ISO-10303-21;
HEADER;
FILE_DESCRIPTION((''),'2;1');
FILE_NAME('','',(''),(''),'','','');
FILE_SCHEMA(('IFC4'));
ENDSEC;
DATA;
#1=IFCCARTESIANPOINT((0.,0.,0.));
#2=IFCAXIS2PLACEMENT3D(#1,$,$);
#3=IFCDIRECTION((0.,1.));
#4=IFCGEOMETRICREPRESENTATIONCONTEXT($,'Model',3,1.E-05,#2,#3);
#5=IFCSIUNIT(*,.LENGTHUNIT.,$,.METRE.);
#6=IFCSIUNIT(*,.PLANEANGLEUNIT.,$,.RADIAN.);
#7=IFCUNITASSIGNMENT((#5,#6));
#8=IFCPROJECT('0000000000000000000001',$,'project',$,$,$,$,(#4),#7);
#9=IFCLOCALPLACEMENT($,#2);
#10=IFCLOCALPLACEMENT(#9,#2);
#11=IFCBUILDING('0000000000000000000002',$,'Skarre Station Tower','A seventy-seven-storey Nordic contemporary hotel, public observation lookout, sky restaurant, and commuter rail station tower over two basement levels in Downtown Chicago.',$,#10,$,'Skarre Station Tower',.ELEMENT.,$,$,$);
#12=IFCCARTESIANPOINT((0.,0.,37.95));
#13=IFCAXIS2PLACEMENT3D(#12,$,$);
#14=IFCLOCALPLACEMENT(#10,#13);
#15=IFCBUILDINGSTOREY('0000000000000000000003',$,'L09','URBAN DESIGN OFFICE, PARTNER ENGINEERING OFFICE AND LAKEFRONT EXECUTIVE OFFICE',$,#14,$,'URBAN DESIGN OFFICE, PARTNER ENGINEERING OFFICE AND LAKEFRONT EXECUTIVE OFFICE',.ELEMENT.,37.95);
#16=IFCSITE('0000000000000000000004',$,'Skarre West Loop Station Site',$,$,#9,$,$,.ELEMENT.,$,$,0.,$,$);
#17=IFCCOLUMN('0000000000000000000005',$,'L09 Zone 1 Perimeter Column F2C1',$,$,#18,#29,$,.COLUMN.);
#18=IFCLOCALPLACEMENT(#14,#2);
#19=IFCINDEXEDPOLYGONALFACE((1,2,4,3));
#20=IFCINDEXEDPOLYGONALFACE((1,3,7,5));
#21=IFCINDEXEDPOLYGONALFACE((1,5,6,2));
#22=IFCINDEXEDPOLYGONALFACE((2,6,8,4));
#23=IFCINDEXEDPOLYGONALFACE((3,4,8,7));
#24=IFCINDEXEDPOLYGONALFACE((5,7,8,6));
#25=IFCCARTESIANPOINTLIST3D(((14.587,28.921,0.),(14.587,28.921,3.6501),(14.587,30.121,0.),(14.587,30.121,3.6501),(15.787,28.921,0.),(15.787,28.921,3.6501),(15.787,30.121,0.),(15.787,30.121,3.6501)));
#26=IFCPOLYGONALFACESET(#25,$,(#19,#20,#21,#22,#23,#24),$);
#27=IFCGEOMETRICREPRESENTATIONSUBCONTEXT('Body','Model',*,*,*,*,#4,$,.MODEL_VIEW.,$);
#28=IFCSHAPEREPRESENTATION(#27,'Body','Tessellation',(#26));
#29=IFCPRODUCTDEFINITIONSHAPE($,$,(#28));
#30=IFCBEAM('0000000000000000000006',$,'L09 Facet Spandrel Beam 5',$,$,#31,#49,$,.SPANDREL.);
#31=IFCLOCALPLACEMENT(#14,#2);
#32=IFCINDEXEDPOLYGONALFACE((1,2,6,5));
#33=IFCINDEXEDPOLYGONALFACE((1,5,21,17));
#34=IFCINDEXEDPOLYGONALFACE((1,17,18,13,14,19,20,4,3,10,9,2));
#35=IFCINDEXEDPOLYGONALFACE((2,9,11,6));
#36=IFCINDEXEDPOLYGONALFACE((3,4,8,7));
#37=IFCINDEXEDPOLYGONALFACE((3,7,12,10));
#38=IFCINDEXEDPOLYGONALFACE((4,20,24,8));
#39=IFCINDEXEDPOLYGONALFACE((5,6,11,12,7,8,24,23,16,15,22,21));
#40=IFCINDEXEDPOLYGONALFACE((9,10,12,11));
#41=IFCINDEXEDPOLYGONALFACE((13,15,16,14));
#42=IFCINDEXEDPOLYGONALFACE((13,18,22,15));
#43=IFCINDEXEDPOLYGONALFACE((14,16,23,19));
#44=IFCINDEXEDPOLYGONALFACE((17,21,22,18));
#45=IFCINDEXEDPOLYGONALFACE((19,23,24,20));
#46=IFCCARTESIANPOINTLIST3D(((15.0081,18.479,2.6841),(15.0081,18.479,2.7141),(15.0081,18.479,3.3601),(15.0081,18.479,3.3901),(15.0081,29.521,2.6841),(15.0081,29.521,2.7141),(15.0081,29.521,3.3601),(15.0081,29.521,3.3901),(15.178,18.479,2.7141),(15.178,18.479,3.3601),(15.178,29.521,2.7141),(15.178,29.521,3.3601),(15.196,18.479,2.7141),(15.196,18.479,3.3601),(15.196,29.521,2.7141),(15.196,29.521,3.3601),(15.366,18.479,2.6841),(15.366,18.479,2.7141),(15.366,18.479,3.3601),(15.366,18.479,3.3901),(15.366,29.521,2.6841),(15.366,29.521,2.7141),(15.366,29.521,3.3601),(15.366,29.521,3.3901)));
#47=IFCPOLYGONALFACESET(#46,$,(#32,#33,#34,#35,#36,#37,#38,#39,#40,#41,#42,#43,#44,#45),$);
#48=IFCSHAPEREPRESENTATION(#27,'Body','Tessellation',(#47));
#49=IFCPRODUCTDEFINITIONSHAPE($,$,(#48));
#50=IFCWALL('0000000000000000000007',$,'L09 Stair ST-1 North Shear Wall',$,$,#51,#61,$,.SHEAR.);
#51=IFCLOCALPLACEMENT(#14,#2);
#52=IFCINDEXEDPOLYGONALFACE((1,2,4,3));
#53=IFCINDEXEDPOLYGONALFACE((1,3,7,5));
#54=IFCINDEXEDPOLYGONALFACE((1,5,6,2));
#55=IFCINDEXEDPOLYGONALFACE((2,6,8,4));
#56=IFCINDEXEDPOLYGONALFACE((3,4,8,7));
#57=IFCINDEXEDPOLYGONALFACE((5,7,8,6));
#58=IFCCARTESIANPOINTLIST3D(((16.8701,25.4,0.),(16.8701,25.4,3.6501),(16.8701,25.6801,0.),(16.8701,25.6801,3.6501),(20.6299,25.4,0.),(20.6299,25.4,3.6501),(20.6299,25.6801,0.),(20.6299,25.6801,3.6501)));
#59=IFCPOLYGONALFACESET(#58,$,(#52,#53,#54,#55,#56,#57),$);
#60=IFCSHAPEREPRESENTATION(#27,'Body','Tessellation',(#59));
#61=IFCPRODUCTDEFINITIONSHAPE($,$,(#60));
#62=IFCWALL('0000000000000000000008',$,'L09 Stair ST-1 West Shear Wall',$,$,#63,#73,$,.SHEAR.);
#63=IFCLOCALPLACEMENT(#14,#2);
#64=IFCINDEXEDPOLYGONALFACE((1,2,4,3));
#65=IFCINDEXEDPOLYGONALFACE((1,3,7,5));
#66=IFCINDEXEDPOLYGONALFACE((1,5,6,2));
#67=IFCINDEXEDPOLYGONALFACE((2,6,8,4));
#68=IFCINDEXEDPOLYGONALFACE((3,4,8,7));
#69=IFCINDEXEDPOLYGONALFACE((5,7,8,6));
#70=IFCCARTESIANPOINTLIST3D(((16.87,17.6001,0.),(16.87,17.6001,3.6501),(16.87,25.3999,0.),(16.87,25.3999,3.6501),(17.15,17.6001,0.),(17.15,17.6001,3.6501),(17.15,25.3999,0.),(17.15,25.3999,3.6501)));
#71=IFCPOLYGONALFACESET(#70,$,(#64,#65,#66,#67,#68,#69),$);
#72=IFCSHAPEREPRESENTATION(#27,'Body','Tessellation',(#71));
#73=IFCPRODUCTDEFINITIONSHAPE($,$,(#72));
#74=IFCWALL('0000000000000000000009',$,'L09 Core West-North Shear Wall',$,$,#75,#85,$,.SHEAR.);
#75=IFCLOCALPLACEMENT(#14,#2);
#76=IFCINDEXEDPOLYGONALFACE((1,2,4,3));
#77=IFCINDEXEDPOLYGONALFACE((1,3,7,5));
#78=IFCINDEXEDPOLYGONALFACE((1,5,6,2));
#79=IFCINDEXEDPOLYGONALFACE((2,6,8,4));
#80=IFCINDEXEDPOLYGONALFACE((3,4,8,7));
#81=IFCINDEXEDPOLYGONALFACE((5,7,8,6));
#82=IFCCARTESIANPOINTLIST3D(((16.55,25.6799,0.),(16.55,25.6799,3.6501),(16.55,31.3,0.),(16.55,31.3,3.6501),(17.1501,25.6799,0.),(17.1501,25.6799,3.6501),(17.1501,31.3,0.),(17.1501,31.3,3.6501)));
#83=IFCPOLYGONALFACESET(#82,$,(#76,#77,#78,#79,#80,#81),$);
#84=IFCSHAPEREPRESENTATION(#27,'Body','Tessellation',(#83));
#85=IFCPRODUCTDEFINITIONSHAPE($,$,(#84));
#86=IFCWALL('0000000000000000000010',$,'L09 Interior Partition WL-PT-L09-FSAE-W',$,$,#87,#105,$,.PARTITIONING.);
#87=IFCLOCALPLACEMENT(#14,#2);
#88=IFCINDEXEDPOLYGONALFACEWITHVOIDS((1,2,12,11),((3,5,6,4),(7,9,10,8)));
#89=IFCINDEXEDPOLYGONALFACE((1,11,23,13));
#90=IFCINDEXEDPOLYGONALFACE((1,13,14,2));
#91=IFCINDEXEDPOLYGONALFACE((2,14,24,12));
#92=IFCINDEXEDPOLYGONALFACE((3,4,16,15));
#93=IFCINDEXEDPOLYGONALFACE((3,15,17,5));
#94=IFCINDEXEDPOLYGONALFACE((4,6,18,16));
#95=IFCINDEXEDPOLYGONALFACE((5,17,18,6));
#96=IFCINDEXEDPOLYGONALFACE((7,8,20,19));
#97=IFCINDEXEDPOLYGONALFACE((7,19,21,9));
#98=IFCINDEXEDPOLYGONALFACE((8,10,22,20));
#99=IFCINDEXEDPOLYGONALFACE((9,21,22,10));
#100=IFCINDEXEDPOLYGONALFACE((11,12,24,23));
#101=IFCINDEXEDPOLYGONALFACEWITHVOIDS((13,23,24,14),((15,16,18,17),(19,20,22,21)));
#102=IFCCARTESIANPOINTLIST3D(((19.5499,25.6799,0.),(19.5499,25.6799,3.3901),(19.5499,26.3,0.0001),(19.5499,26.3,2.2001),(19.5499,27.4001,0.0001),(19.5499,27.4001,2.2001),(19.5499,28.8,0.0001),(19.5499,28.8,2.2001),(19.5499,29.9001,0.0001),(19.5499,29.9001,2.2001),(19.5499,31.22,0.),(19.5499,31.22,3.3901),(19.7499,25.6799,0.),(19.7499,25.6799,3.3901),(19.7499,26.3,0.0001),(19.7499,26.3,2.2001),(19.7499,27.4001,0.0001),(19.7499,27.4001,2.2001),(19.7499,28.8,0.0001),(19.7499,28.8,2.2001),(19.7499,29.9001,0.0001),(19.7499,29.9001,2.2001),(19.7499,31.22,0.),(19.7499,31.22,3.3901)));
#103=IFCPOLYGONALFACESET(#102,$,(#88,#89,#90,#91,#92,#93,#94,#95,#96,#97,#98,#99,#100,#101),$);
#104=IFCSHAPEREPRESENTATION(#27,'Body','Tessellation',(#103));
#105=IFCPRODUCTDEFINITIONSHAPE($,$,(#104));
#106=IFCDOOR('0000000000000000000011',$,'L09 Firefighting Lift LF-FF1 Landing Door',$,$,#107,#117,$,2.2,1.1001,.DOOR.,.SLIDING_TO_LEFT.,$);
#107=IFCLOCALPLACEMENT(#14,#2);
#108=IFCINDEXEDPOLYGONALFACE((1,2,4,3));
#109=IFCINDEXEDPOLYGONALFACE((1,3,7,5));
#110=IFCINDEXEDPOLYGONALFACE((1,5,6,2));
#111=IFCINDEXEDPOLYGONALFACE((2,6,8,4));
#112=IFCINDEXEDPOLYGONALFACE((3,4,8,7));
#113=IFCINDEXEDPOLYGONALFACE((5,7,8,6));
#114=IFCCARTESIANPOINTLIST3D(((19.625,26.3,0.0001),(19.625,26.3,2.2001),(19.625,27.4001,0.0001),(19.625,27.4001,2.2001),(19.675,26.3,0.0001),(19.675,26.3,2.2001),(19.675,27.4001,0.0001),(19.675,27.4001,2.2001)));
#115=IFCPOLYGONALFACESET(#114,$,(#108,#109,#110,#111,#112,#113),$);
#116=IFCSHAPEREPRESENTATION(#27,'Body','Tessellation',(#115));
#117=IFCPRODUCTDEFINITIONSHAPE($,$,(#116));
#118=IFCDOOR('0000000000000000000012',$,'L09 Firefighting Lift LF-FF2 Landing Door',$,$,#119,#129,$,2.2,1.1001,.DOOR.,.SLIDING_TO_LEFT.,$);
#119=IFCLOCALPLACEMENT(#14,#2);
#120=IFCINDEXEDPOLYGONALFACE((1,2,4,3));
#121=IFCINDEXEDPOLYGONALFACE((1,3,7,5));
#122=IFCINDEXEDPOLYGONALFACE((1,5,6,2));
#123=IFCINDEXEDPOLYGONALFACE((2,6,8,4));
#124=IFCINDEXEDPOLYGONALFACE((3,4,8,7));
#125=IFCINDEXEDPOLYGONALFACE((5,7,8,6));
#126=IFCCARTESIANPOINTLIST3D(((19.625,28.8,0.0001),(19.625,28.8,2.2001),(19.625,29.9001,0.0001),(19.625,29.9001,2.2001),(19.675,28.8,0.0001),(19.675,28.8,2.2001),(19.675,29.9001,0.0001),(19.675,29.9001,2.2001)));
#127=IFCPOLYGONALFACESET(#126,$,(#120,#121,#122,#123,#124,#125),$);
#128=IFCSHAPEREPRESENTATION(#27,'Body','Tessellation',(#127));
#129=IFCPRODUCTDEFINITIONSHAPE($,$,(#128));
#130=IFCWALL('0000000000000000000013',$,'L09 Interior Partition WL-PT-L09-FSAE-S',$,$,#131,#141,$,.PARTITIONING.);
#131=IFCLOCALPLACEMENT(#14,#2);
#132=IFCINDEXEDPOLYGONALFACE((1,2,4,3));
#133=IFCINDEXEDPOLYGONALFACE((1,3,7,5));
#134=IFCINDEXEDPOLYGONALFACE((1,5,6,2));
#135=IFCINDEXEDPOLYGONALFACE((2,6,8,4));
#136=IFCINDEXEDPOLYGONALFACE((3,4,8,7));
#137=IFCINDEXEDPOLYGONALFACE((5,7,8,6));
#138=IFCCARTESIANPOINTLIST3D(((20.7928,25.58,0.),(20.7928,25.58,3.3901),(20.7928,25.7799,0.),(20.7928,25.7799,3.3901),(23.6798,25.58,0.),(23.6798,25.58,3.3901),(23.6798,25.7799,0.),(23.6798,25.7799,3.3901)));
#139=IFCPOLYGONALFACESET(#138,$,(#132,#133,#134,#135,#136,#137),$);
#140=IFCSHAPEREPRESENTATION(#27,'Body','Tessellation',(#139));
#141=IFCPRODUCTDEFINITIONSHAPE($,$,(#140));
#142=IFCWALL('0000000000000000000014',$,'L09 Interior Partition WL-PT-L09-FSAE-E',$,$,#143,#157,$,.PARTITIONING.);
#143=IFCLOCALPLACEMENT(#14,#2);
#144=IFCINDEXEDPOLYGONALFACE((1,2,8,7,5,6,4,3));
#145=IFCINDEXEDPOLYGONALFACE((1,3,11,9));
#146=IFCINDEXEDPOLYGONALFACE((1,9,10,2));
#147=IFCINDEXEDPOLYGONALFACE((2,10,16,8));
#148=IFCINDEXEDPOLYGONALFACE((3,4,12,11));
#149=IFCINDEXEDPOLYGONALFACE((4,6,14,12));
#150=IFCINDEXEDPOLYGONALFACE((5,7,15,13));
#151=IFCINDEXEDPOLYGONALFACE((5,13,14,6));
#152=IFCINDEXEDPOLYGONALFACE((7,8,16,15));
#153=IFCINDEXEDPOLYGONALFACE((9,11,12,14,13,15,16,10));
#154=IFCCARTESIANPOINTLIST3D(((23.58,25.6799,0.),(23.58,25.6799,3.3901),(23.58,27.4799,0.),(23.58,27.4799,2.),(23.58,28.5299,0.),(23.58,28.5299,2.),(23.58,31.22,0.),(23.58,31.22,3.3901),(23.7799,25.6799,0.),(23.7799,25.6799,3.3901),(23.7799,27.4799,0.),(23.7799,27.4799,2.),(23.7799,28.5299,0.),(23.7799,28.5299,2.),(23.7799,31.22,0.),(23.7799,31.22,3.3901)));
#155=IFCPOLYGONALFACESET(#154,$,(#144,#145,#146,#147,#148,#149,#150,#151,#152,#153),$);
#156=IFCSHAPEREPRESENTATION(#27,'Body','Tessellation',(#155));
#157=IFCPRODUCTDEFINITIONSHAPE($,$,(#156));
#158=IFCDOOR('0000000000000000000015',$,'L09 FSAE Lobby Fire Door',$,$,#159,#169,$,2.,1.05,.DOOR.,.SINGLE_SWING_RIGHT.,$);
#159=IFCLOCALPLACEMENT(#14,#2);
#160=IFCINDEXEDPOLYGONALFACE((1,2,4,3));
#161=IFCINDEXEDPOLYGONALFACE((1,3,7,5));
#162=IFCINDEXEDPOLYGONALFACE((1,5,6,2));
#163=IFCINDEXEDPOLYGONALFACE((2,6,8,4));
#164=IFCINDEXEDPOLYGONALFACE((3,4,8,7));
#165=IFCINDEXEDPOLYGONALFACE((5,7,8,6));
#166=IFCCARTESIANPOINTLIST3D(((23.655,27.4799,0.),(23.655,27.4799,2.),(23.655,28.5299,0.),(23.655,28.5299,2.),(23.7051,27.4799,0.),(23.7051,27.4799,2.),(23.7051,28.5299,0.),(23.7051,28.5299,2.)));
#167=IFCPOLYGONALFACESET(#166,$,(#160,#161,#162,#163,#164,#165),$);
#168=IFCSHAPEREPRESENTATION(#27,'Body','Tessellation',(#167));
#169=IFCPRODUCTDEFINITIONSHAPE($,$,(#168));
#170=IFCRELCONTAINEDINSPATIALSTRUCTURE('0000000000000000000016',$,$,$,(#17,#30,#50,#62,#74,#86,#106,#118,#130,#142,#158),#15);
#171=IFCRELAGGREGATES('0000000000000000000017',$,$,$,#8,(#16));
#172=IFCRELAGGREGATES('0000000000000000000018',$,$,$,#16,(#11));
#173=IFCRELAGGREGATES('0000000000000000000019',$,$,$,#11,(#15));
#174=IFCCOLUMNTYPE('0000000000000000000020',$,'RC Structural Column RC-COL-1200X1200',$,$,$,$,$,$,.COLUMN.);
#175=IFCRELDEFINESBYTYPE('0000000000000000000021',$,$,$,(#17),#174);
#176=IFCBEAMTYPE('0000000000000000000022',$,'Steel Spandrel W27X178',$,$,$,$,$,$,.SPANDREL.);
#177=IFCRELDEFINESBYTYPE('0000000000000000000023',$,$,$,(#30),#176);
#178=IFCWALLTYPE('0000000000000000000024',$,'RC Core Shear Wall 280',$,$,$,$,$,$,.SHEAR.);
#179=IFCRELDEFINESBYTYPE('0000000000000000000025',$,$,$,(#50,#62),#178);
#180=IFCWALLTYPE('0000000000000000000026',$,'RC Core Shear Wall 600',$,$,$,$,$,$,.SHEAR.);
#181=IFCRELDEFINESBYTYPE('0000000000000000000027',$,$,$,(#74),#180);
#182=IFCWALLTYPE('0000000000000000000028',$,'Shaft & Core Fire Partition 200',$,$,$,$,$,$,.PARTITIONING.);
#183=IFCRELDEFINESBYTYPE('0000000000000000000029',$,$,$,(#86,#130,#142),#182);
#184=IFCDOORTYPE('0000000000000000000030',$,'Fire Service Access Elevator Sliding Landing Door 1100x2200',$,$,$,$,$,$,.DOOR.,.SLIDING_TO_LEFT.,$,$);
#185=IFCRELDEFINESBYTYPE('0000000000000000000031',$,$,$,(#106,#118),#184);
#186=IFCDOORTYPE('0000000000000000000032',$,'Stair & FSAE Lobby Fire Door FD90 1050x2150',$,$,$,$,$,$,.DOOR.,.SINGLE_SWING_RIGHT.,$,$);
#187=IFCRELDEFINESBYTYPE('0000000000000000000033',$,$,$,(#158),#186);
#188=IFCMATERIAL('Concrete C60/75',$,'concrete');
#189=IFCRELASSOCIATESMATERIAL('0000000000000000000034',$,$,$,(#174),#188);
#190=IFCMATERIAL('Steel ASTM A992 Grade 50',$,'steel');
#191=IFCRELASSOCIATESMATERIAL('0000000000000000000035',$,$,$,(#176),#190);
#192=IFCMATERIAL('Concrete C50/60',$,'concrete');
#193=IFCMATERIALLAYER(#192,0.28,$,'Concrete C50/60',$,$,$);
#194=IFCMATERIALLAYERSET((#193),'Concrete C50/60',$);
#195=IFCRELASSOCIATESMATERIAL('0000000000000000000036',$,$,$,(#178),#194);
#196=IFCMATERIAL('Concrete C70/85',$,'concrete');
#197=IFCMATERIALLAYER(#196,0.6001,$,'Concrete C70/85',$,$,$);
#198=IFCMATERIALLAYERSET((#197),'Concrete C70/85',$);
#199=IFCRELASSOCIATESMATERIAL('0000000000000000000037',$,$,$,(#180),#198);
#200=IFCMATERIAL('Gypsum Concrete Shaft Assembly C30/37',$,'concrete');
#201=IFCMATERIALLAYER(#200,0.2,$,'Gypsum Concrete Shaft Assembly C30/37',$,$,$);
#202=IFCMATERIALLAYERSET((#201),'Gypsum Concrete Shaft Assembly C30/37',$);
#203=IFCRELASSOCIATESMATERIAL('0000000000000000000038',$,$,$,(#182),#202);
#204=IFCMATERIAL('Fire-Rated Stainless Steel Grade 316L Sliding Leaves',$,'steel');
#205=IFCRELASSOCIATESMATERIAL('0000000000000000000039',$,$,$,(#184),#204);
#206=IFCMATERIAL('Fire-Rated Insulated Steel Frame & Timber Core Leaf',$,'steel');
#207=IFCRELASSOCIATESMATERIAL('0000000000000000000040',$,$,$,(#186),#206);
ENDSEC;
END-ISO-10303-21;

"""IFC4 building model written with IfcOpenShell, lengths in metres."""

from ifc_helpers import new_model, si_unit, direction, frame, frame_2d, origin, origin_2d, place, context, subcontext, project, spatial, rectangle, i_section, extrude, material, layer, layer_set, material_profile, profile_set, type_object, element, fill, save


model = new_model("IFC4")

# Units and contexts
model_context = context("Model", 3, precision=1e-05, world=origin(), true_north=direction((0.0, 1.0)))
body_context = subcontext(model_context, "Body", "Model", "MODEL_VIEW")
ifc_project = project(units=[si_unit("LENGTHUNIT", "METRE"), si_unit("PLANEANGLEUNIT", "RADIAN")], contexts=[model_context])

# Site, building, storey
site_placement = place(None, origin())
site = spatial("IfcSite", under=ifc_project, at=site_placement, Name="Skarre West Loop Station Site", CompositionType="ELEMENT", RefElevation=0.0)
building_placement = place(site_placement, origin())
building = spatial("IfcBuilding", under=site, at=building_placement, Name="Skarre Station Tower", Description="A seventy-seven-storey Nordic contemporary hotel, public observation lookout, sky restaurant, and commuter rail station tower over two basement levels in Downtown Chicago.", LongName="Skarre Station Tower", CompositionType="ELEMENT")
storey_placement = place(building_placement, frame((0.0, 0.0, 37.95)))
storey = spatial("IfcBuildingStorey", under=building, at=storey_placement, Name="L09", Description="URBAN DESIGN OFFICE, PARTNER ENGINEERING OFFICE AND LAKEFRONT EXECUTIVE OFFICE", LongName="URBAN DESIGN OFFICE, PARTNER ENGINEERING OFFICE AND LAKEFRONT EXECUTIVE OFFICE", CompositionType="ELEMENT", Elevation=37.95)

# Column
ifc_material_1 = material(Name="Concrete C60/75", Category="concrete")
ifc_material_profile_1 = material_profile(ifc_material_1, rectangle(XDim=1.2, YDim=1.2, at=origin_2d()), Name="Concrete C60/75")
ifc_profile_set_1 = profile_set([ifc_material_profile_1], Name="Concrete C60/75")
column_type = type_object("IfcColumnType", Name="RC Structural Column RC-COL-1200X1200", PredefinedType="COLUMN", material=ifc_profile_set_1)
column_placement = place(storey_placement, frame((15.187, 29.521, 0.0), z_axis=(0.0, 0.0, 1.0), x_axis=(1.0, 0.0, 0.0)))
element("IfcColumn", 1, at=column_placement, inside=storey, type_object=column_type, Name="L09 Zone 1 Perimeter Column F2C1", PredefinedType="COLUMN", context=body_context, shape_type="SweptSolid", body=[
    extrude(rectangle(XDim=1.2, YDim=1.2, at=origin_2d()), origin(), (0.0, 0.0, 1.0), 3.6501),
])

# Beam
ifc_material_2 = material(Name="Steel ASTM A992 Grade 50", Category="steel")
ifc_material_profile_2 = material_profile(ifc_material_2, i_section(OverallWidth=0.3579, OverallDepth=0.7061, WebThickness=0.0181, FlangeThickness=0.03, at=origin_2d()), Name="Steel ASTM A992 Grade 50")
ifc_profile_set_2 = profile_set([ifc_material_profile_2], Name="Steel ASTM A992 Grade 50")
beam_type = type_object("IfcBeamType", Name="Steel Spandrel W27X178", PredefinedType="SPANDREL", material=ifc_profile_set_2)
beam_placement = place(storey_placement, frame((15.187, 29.521, 3.0371), z_axis=(0.0, -1.0, 0.0), x_axis=(1.0, 0.0, 0.0)))
element("IfcBeam", 2, at=beam_placement, inside=storey, type_object=beam_type, Name="L09 Facet Spandrel Beam 5", PredefinedType="SPANDREL", context=body_context, shape_type="SweptSolid", body=[
    extrude(i_section(OverallWidth=0.3579, OverallDepth=0.7061, WebThickness=0.0181, FlangeThickness=0.03, at=origin_2d()), origin(), (0.0, 0.0, 1.0), 11.042),
])

# Walls
ifc_material_3 = material(Name="Concrete C50/60", Category="concrete")
ifc_layer_1 = layer(ifc_material_3, 0.28, Name="Concrete C50/60")
ifc_layer_set_1 = layer_set([ifc_layer_1], Name="Concrete C50/60")
wall_type_1 = type_object("IfcWallType", Name="RC Core Shear Wall 280", PredefinedType="SHEAR", material=ifc_layer_set_1)
wall_1_placement = place(storey_placement, frame((20.6299, 25.54, 0.0), z_axis=(0.0, 0.0, 1.0), x_axis=(-1.0, 0.0, 0.0)))
element("IfcWall", 3, at=wall_1_placement, inside=storey, type_object=wall_type_1, Name="L09 Stair ST-1 North Shear Wall", PredefinedType="SHEAR", context=body_context, shape_type="SweptSolid", body=[
    extrude(rectangle(XDim=3.7598, YDim=0.28, at=frame_2d((1.8799, 0.0))), origin(), (0.0, 0.0, 1.0), 3.6501),
])
wall_2_placement = place(storey_placement, frame((17.01, 25.3999, 0.0), z_axis=(0.0, 0.0, 1.0), x_axis=(0.0, -1.0, 0.0)))
element("IfcWall", 4, at=wall_2_placement, inside=storey, type_object=wall_type_1, Name="L09 Stair ST-1 West Shear Wall", PredefinedType="SHEAR", context=body_context, shape_type="SweptSolid", body=[
    extrude(rectangle(XDim=7.7998, YDim=0.28, at=frame_2d((3.8999, 0.0))), origin(), (0.0, 0.0, 1.0), 3.6501),
])
ifc_material_4 = material(Name="Concrete C70/85", Category="concrete")
ifc_layer_2 = layer(ifc_material_4, 0.6001, Name="Concrete C70/85")
ifc_layer_set_2 = layer_set([ifc_layer_2], Name="Concrete C70/85")
wall_type_2 = type_object("IfcWallType", Name="RC Core Shear Wall 600", PredefinedType="SHEAR", material=ifc_layer_set_2)
wall_3_placement = place(storey_placement, frame((16.8501, 25.6799, 0.0), z_axis=(0.0, 0.0, 1.0), x_axis=(0.0, 1.0, 0.0)))
element("IfcWall", 5, at=wall_3_placement, inside=storey, type_object=wall_type_2, Name="L09 Core West-North Shear Wall", PredefinedType="SHEAR", context=body_context, shape_type="SweptSolid", body=[
    extrude(rectangle(XDim=5.6201, YDim=0.6001, at=frame_2d((2.8101, 0.0))), origin(), (0.0, 0.0, 1.0), 3.6501),
])

# Wall, openings, doors
ifc_material_5 = material(Name="Gypsum Concrete Shaft Assembly C30/37", Category="concrete")
ifc_layer_3 = layer(ifc_material_5, 0.2, Name="Gypsum Concrete Shaft Assembly C30/37")
ifc_layer_set_3 = layer_set([ifc_layer_3], Name="Gypsum Concrete Shaft Assembly C30/37")
wall_type_3 = type_object("IfcWallType", Name="Shaft & Core Fire Partition 200", PredefinedType="PARTITIONING", material=ifc_layer_set_3)
wall_4_placement = place(storey_placement, frame((19.6499, 25.6799, 0.0), z_axis=(0.0, 0.0, 1.0), x_axis=(0.0, 1.0, 0.0)))
wall_4 = element("IfcWall", 6, at=wall_4_placement, inside=storey, type_object=wall_type_3, Name="L09 Interior Partition WL-PT-L09-FSAE-W", PredefinedType="PARTITIONING", context=body_context, shape_type="SweptSolid", body=[
    extrude(rectangle(XDim=5.54, YDim=0.2, at=frame_2d((2.77, 0.0))), origin(), (0.0, 0.0, 1.0), 3.3901),
])
opening_1_placement = place(wall_4_placement, frame((0.6201, 0.0, 0.0)))
opening_1 = element("IfcOpeningElement", 7, at=opening_1_placement, cuts=wall_4, PredefinedType="OPENING", context=body_context, shape_type="SweptSolid", body=[
    extrude(rectangle(XDim=1.1001, YDim=2.2, at=frame_2d((0.55, 1.1001))), frame((0.0, 0.1099, 0.0), z_axis=(0.0, -1.0, 0.0), x_axis=(1.0, 0.0, 0.0)), (0.0, 0.0, 1.0), 0.22),
])
opening_2_placement = place(wall_4_placement, frame((3.1201, 0.0, 0.0)))
opening_2 = element("IfcOpeningElement", 8, at=opening_2_placement, cuts=wall_4, PredefinedType="OPENING", context=body_context, shape_type="SweptSolid", body=[
    extrude(rectangle(XDim=1.1001, YDim=2.2, at=frame_2d((0.55, 1.1001))), frame((0.0, 0.1099, 0.0), z_axis=(0.0, -1.0, 0.0), x_axis=(1.0, 0.0, 0.0)), (0.0, 0.0, 1.0), 0.22),
])
ifc_material_6 = material(Name="Fire-Rated Stainless Steel Grade 316L Sliding Leaves", Category="steel")
door_type_1 = type_object("IfcDoorType", Name="Fire Service Access Elevator Sliding Landing Door 1100x2200", OperationType="SLIDING_TO_LEFT", PredefinedType="DOOR", material=ifc_material_6)
door_1_placement = place(opening_1_placement, origin())
door_1 = element("IfcDoor", 9, at=door_1_placement, inside=storey, type_object=door_type_1, Name="L09 Firefighting Lift LF-FF1 Landing Door", OperationType="SLIDING_TO_LEFT", OverallHeight=2.2, OverallWidth=1.1001, PredefinedType="DOOR", context=body_context, shape_type="SweptSolid", body=[
    extrude(rectangle(XDim=1.1001, YDim=2.2, at=frame_2d((0.55, 1.1001))), frame((0.0, 0.0249, 0.0), z_axis=(0.0, -1.0, 0.0), x_axis=(1.0, 0.0, 0.0)), (0.0, 0.0, 1.0), 0.05),
])
fill(opening_1, door_1)
door_2_placement = place(opening_2_placement, origin())
door_2 = element("IfcDoor", 10, at=door_2_placement, inside=storey, type_object=door_type_1, Name="L09 Firefighting Lift LF-FF2 Landing Door", OperationType="SLIDING_TO_LEFT", OverallHeight=2.2, OverallWidth=1.1001, PredefinedType="DOOR", context=body_context, shape_type="SweptSolid", body=[
    extrude(rectangle(XDim=1.1001, YDim=2.2, at=frame_2d((0.55, 1.1001))), frame((0.0, 0.0249, 0.0), z_axis=(0.0, -1.0, 0.0), x_axis=(1.0, 0.0, 0.0)), (0.0, 0.0, 1.0), 0.05),
])
fill(opening_2, door_2)

# Wall
wall_5_placement = place(storey_placement, frame((20.793, 25.6799, 0.0), z_axis=(0.0, 0.0, 1.0), x_axis=(1.0, 0.0, 0.0)))
element("IfcWall", 11, at=wall_5_placement, inside=storey, type_object=wall_type_3, Name="L09 Interior Partition WL-PT-L09-FSAE-S", PredefinedType="PARTITIONING", context=body_context, shape_type="SweptSolid", body=[
    extrude(rectangle(XDim=2.887, YDim=0.2, at=frame_2d((1.4434, 0.0))), origin(), (0.0, 0.0, 1.0), 3.3901),
])

# Wall, opening, door
wall_6_placement = place(storey_placement, frame((23.6799, 25.6799, 0.0), z_axis=(0.0, 0.0, 1.0), x_axis=(0.0, 1.0, 0.0)))
wall_6 = element("IfcWall", 12, at=wall_6_placement, inside=storey, type_object=wall_type_3, Name="L09 Interior Partition WL-PT-L09-FSAE-E", PredefinedType="PARTITIONING", context=body_context, shape_type="SweptSolid", body=[
    extrude(rectangle(XDim=5.54, YDim=0.2, at=frame_2d((2.77, 0.0))), origin(), (0.0, 0.0, 1.0), 3.3901),
])
opening_3_placement = place(wall_6_placement, frame((1.8, 0.0, 0.0)))
opening_3 = element("IfcOpeningElement", 13, at=opening_3_placement, cuts=wall_6, PredefinedType="OPENING", context=body_context, shape_type="SweptSolid", body=[
    extrude(rectangle(XDim=1.05, YDim=2.0, at=frame_2d((0.5249, 1.0))), frame((0.0, 0.1099, 0.0), z_axis=(0.0, -1.0, 0.0), x_axis=(1.0, 0.0, 0.0)), (0.0, 0.0, 1.0), 0.22),
])
ifc_material_7 = material(Name="Fire-Rated Insulated Steel Frame & Timber Core Leaf", Category="steel")
door_type_2 = type_object("IfcDoorType", Name="Stair & FSAE Lobby Fire Door FD90 1050x2150", OperationType="SINGLE_SWING_RIGHT", PredefinedType="DOOR", material=ifc_material_7)
door_3_placement = place(opening_3_placement, origin())
door_3 = element("IfcDoor", 14, at=door_3_placement, inside=storey, type_object=door_type_2, Name="L09 FSAE Lobby Fire Door", OperationType="SINGLE_SWING_RIGHT", OverallHeight=2.0, OverallWidth=1.05, PredefinedType="DOOR", context=body_context, shape_type="SweptSolid", body=[
    extrude(rectangle(XDim=1.05, YDim=2.0, at=frame_2d((0.5249, 1.0))), frame((0.0, 0.0249, 0.0), z_axis=(0.0, -1.0, 0.0), x_axis=(1.0, 0.0, 0.0)), (0.0, 0.0, 1.0), 0.05),
])
fill(opening_3, door_3)

save(model, "model.ifc")
